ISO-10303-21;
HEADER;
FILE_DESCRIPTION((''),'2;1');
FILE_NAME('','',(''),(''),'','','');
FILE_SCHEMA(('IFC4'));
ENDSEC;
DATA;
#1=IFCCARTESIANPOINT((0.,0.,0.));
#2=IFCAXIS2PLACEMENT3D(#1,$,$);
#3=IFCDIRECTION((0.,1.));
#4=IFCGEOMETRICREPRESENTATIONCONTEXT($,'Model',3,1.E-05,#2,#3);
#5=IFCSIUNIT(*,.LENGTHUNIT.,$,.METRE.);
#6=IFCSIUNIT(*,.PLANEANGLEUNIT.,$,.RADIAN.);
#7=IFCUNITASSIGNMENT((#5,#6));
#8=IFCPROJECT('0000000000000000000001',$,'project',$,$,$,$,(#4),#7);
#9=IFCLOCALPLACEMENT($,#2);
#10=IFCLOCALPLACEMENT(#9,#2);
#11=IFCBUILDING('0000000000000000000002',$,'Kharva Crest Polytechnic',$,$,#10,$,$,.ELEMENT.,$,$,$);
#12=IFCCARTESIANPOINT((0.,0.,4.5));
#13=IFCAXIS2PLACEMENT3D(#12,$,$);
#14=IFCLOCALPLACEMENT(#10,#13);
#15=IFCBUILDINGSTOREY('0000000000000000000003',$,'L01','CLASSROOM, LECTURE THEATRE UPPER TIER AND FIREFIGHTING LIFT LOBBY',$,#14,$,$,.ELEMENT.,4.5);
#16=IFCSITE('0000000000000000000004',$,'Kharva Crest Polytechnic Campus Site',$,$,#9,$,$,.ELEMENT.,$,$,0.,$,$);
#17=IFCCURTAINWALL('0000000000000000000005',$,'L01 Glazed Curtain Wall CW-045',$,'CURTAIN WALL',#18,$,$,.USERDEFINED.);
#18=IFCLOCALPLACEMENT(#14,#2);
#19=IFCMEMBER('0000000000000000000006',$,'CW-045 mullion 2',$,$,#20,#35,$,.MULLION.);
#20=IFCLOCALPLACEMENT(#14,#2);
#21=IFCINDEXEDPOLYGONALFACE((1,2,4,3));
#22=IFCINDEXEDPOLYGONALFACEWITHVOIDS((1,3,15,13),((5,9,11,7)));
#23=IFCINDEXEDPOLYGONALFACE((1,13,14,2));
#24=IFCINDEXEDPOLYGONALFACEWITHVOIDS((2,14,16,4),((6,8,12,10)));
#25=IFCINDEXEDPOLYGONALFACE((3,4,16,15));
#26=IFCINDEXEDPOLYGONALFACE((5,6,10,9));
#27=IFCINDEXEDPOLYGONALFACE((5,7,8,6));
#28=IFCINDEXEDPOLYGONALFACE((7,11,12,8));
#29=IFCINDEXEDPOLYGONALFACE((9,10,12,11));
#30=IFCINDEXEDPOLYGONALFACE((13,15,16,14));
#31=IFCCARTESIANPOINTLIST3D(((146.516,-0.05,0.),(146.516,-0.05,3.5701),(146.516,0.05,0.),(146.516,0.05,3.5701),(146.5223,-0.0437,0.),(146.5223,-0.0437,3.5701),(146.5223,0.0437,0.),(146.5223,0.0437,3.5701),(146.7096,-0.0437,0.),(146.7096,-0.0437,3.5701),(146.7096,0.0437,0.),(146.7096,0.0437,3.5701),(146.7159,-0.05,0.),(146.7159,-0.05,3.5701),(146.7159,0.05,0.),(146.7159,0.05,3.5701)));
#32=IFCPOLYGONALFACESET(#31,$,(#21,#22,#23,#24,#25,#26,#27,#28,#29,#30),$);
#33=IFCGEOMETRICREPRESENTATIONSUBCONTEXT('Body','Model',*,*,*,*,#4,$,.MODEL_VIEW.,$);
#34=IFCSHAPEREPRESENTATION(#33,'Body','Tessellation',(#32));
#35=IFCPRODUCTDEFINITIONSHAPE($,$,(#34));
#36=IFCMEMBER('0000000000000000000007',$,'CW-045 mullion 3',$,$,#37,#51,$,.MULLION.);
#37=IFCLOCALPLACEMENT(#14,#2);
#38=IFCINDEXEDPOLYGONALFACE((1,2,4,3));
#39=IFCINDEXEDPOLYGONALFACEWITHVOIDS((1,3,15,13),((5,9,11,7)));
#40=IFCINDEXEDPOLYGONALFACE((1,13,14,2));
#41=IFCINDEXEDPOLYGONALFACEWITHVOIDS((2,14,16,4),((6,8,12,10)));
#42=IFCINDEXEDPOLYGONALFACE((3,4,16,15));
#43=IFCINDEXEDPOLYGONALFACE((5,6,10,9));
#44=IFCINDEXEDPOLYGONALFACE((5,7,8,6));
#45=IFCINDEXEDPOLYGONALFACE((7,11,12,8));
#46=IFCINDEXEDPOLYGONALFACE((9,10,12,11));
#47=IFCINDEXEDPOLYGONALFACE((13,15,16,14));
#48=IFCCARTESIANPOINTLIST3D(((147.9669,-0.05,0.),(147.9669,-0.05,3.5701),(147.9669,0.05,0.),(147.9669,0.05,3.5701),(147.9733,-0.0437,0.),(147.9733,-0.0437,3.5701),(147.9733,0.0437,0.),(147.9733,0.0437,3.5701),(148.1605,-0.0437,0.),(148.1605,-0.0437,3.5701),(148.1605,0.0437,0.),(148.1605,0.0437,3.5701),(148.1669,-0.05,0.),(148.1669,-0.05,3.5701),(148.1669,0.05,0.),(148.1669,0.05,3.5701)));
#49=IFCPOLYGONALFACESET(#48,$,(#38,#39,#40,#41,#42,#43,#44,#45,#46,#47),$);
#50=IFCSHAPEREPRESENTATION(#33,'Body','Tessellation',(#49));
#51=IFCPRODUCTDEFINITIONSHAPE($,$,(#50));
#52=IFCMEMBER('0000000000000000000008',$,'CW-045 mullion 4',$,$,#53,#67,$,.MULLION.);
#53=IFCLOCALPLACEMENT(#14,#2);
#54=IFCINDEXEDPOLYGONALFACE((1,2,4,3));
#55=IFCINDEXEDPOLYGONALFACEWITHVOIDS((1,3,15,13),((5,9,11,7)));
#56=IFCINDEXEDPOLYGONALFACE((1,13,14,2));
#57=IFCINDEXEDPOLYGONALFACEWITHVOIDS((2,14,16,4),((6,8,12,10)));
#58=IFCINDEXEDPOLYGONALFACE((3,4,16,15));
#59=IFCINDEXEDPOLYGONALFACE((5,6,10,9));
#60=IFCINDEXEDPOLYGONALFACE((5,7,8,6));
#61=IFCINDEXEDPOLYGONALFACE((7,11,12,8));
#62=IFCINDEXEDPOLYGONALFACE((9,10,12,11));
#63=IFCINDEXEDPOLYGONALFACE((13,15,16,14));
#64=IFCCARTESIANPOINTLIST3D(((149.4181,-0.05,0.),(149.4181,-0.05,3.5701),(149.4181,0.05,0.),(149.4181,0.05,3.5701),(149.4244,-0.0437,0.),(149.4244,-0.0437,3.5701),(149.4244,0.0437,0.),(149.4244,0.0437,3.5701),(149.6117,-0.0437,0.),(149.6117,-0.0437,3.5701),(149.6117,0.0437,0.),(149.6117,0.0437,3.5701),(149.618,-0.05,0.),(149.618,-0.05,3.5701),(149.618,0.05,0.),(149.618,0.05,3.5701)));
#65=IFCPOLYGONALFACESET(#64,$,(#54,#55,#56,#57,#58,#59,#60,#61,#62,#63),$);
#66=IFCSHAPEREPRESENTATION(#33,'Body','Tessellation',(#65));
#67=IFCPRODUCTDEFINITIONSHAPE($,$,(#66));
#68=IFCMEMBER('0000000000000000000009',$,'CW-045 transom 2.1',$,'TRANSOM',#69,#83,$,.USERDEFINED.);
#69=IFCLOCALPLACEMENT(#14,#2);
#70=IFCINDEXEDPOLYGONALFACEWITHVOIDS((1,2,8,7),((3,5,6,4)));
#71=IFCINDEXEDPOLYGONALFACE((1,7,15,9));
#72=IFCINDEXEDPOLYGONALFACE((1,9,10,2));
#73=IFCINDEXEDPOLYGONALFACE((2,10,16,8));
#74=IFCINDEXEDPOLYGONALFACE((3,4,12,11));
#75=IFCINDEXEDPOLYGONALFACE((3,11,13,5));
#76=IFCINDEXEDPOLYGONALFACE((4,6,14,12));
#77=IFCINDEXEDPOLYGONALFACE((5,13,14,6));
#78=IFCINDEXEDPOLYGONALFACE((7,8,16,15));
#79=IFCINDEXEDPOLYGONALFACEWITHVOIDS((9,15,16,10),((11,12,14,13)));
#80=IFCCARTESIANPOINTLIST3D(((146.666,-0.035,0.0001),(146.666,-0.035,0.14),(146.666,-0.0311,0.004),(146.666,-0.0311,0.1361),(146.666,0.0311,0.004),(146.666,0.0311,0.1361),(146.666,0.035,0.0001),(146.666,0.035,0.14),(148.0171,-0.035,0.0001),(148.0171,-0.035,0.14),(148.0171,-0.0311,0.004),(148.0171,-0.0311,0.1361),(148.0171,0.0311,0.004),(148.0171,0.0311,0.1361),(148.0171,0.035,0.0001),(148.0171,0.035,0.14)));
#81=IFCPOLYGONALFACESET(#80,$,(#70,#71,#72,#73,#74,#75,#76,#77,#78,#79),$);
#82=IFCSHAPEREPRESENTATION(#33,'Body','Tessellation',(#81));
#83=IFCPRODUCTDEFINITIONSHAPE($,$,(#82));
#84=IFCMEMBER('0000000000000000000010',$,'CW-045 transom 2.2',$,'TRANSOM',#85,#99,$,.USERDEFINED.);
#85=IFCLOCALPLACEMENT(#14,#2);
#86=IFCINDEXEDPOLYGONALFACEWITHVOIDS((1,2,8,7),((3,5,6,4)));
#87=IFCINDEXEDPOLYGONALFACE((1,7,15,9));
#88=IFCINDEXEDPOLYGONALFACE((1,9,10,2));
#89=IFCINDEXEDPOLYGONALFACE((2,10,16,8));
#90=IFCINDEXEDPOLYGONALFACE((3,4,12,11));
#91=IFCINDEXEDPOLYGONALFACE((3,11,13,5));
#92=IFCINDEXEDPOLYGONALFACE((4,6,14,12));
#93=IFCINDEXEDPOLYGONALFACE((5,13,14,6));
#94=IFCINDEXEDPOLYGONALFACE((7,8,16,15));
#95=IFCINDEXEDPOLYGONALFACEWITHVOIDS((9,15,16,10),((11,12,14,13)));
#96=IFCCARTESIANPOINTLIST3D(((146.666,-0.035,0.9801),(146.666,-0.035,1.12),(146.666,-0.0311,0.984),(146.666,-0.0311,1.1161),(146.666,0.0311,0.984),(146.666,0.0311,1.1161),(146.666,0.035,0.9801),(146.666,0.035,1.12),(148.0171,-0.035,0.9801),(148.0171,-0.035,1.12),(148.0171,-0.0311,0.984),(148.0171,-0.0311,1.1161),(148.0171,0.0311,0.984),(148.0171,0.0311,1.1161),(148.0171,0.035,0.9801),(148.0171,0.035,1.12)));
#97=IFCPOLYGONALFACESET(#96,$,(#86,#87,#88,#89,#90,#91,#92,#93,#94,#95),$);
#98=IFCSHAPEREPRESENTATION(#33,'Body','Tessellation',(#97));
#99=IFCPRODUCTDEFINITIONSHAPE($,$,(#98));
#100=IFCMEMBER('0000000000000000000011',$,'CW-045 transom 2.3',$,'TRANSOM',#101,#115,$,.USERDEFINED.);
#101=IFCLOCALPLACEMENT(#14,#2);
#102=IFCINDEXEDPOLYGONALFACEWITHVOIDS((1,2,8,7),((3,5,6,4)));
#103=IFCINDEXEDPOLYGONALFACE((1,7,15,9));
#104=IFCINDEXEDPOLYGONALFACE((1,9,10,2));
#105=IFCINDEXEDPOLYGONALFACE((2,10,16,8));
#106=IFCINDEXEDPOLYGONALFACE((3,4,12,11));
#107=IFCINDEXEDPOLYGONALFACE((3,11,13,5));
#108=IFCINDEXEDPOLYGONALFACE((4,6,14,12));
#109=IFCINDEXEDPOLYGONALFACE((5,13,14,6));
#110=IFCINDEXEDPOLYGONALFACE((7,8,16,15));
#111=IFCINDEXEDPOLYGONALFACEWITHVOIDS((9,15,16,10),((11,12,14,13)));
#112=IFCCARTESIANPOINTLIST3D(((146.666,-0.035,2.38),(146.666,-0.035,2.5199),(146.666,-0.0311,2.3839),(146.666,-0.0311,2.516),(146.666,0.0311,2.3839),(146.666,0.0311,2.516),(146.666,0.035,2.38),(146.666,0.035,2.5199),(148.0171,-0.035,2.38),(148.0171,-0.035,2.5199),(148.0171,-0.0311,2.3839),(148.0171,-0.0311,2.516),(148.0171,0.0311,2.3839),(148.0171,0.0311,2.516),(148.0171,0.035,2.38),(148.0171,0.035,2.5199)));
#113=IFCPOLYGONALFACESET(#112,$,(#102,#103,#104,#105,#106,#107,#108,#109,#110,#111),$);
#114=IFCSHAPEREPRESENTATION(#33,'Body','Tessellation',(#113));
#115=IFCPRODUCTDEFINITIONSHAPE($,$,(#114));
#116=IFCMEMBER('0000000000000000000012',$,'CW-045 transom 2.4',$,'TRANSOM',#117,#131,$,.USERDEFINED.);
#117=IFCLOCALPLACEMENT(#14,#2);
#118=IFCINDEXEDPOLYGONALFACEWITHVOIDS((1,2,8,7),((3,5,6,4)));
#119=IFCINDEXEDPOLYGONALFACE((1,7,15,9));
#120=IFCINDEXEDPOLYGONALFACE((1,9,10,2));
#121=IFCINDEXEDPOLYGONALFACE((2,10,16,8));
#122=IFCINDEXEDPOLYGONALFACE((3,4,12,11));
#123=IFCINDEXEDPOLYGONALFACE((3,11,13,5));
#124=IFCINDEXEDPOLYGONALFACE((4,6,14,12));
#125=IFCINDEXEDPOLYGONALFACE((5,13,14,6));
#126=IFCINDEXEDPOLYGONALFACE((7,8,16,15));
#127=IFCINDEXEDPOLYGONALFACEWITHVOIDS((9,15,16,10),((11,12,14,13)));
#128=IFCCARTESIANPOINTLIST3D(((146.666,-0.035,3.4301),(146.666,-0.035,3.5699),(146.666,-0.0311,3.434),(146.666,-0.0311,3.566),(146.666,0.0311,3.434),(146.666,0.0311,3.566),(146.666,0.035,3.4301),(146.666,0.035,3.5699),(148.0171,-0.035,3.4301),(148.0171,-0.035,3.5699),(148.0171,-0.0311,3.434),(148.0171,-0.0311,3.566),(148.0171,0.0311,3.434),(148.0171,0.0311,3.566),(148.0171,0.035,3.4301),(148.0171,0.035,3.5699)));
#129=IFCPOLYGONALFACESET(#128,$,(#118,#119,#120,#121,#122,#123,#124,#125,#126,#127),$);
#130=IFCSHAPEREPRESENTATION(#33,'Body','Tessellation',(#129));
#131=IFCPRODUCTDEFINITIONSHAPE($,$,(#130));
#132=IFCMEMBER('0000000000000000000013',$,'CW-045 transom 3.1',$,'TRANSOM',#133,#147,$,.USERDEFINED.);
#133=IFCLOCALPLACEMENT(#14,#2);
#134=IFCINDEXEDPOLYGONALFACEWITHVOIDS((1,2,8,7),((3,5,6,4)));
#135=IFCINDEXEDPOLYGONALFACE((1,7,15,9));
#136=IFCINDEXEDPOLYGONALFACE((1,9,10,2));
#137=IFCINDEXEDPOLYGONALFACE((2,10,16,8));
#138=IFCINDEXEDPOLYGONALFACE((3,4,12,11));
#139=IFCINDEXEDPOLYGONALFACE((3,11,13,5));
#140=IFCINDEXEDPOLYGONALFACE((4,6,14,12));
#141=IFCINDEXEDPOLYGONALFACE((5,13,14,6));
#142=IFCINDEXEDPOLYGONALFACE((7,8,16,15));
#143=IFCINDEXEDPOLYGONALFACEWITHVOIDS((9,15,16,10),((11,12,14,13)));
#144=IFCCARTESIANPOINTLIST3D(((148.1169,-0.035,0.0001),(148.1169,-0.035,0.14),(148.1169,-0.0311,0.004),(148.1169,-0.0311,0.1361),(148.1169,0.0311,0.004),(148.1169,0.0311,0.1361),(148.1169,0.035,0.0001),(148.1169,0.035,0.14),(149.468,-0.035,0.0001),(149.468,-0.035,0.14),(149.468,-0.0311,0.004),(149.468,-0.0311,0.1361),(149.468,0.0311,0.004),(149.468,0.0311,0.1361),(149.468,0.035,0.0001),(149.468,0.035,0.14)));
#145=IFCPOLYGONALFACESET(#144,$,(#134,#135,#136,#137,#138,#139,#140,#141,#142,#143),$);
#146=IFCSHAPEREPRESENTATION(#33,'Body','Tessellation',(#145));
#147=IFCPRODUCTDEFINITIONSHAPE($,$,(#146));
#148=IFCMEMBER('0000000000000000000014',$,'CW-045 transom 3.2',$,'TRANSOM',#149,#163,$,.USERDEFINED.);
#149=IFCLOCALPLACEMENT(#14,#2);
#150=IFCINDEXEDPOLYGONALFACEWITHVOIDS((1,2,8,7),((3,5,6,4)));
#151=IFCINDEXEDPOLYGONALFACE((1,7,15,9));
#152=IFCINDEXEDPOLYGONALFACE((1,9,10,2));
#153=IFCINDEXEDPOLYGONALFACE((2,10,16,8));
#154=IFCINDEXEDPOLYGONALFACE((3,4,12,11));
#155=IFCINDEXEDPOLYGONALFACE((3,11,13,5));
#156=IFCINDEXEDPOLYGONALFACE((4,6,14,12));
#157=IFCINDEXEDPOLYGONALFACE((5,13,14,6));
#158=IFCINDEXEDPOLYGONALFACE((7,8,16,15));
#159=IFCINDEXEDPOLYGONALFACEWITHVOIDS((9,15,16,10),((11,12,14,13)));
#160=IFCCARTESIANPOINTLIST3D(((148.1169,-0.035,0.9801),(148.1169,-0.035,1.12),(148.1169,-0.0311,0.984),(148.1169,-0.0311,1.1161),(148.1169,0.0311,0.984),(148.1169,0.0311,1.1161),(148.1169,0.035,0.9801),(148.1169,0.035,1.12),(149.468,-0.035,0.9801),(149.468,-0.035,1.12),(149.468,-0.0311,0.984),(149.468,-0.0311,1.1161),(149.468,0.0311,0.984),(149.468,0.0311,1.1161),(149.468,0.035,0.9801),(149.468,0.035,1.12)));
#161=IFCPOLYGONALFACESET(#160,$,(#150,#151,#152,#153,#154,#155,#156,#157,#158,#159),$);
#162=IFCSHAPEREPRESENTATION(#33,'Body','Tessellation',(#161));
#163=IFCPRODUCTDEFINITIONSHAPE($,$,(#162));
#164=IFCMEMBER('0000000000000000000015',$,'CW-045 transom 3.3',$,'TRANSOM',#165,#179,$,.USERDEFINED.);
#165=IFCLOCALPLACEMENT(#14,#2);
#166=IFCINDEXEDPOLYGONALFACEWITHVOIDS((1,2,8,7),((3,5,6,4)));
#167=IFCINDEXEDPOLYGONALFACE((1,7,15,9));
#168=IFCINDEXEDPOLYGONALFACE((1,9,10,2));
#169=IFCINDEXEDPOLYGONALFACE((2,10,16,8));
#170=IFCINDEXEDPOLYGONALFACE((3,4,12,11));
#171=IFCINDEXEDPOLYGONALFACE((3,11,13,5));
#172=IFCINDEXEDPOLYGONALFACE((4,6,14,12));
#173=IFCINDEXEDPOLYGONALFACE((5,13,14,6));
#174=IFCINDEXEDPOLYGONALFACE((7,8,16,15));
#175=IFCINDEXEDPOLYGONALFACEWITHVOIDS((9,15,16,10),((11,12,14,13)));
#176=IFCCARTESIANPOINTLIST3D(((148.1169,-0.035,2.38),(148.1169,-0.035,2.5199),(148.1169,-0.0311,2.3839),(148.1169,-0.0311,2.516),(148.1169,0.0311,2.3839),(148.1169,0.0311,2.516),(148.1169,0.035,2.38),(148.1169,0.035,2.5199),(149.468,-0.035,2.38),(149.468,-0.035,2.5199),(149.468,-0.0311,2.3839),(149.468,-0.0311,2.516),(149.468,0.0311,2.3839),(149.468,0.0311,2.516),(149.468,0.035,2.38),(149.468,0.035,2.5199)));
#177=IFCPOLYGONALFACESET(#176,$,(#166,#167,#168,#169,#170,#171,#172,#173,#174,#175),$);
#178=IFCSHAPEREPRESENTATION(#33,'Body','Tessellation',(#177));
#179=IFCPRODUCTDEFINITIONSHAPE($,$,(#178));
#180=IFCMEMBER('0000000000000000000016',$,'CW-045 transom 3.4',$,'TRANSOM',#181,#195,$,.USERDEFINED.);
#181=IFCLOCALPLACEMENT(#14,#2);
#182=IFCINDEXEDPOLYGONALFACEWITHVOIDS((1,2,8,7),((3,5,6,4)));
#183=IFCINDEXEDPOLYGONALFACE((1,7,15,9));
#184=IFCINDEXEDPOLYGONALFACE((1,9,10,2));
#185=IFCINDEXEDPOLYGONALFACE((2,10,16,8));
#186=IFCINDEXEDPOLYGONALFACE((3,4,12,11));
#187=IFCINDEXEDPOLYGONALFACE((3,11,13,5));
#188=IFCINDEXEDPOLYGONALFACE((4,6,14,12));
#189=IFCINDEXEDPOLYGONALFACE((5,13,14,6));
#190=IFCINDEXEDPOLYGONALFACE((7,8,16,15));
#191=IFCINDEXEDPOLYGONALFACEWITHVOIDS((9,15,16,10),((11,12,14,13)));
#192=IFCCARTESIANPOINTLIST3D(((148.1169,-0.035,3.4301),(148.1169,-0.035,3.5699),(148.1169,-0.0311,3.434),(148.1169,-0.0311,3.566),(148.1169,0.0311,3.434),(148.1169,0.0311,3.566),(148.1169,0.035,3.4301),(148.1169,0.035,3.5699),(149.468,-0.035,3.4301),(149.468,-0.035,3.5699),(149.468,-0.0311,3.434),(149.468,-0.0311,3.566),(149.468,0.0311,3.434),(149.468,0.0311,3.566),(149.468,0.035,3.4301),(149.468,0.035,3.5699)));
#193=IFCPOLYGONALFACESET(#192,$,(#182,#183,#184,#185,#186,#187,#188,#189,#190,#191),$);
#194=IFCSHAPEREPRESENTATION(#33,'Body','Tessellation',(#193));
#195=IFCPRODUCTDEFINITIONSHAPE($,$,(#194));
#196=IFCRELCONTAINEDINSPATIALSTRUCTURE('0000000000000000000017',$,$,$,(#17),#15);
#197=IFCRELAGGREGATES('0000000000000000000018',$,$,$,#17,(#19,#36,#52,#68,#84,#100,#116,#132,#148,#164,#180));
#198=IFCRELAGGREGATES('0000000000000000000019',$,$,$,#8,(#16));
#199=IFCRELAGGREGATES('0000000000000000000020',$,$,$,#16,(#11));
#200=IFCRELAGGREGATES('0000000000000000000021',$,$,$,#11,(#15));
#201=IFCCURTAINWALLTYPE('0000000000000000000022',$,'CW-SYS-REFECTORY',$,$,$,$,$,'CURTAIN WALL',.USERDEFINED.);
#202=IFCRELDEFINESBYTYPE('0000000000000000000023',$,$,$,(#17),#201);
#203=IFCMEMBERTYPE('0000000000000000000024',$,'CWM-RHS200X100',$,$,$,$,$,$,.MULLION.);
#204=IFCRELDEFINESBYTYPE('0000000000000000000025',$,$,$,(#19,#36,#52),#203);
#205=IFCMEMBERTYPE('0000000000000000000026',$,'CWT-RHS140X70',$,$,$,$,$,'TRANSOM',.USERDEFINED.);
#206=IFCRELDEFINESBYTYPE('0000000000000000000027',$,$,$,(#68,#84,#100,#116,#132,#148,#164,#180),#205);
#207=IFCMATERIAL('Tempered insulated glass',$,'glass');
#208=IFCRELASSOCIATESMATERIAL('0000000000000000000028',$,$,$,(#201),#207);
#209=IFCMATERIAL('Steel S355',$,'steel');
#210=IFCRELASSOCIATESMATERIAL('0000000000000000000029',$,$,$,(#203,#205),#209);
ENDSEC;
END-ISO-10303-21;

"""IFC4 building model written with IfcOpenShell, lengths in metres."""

from ifc_helpers import new_model, si_unit, direction, frame, origin, origin_2d, place, context, subcontext, project, spatial, hollow_rectangle, extrude, material, material_profile, profile_set, type_object, element, aggregate, save


model = new_model("IFC4")

# Units and contexts
model_context = context("Model", 3, precision=1e-05, world=origin(), true_north=direction((0.0, 1.0)))
body_context = subcontext(model_context, "Body", "Model", "MODEL_VIEW")
ifc_project = project(units=[si_unit("LENGTHUNIT", "METRE"), si_unit("PLANEANGLEUNIT", "RADIAN")], contexts=[model_context])

# Site, building, storey
site_placement = place(None, origin())
site = spatial("IfcSite", under=ifc_project, at=site_placement, Name="Kharva Crest Polytechnic Campus Site", CompositionType="ELEMENT", RefElevation=0.0)
building_placement = place(site_placement, origin())
building = spatial("IfcBuilding", under=site, at=building_placement, Name="Kharva Crest Polytechnic", CompositionType="ELEMENT")
storey_placement = place(building_placement, frame((0.0, 0.0, 4.5)))
storey = spatial("IfcBuildingStorey", under=building, at=storey_placement, Name="L01", Description="CLASSROOM, LECTURE THEATRE UPPER TIER AND FIREFIGHTING LIFT LOBBY", CompositionType="ELEMENT", Elevation=4.5)

# Curtain wall, members
ifc_material_1 = material(Name="Tempered insulated glass", Category="glass")
curtain_wall_type = type_object("IfcCurtainWallType", Name="CW-SYS-REFECTORY", ElementType="CURTAIN WALL", PredefinedType="USERDEFINED", material=ifc_material_1)
curtain_wall_placement = place(storey_placement, origin())
curtain_wall = element("IfcCurtainWall", 1, at=curtain_wall_placement, inside=storey, type_object=curtain_wall_type, Name="L01 Glazed Curtain Wall CW-045", ObjectType="CURTAIN WALL", PredefinedType="USERDEFINED")
ifc_material_2 = material(Name="Steel S355", Category="steel")
ifc_material_profile_1 = material_profile(ifc_material_2, hollow_rectangle(XDim=0.1001, YDim=0.2, WallThickness=0.0063, at=origin_2d()), Name="RHS 200X100X6.3")
ifc_profile_set_1 = profile_set([ifc_material_profile_1], Name="Steel S355")
member_type_1 = type_object("IfcMemberType", Name="CWM-RHS200X100", PredefinedType="MULLION", material=ifc_profile_set_1)
member_1_placement = place(storey_placement, frame((146.616, 0.0, 0.0), z_axis=(0.0, 0.0, 1.0), x_axis=(0.0, 1.0, 0.0)))
member_1 = element("IfcMember", 2, at=member_1_placement, type_object=member_type_1, Name="CW-045 mullion 2", PredefinedType="MULLION", context=body_context, shape_type="SweptSolid", body=[
    extrude(hollow_rectangle(XDim=0.1001, YDim=0.2, WallThickness=0.0063, at=origin_2d()), origin(), (0.0, 0.0, 1.0), 3.5701),
])
member_2_placement = place(storey_placement, frame((148.0669, 0.0, 0.0), z_axis=(0.0, 0.0, 1.0), x_axis=(0.0, 1.0, 0.0)))
member_2 = element("IfcMember", 3, at=member_2_placement, type_object=member_type_1, Name="CW-045 mullion 3", PredefinedType="MULLION", context=body_context, shape_type="SweptSolid", body=[
    extrude(hollow_rectangle(XDim=0.1001, YDim=0.2, WallThickness=0.0063, at=origin_2d()), origin(), (0.0, 0.0, 1.0), 3.5701),
])
member_3_placement = place(storey_placement, frame((149.5181, 0.0, 0.0), z_axis=(0.0, 0.0, 1.0), x_axis=(0.0, 1.0, 0.0)))
member_3 = element("IfcMember", 4, at=member_3_placement, type_object=member_type_1, Name="CW-045 mullion 4", PredefinedType="MULLION", context=body_context, shape_type="SweptSolid", body=[
    extrude(hollow_rectangle(XDim=0.1001, YDim=0.2, WallThickness=0.0063, at=origin_2d()), origin(), (0.0, 0.0, 1.0), 3.5701),
])
ifc_material_profile_2 = material_profile(ifc_material_2, hollow_rectangle(XDim=0.0701, YDim=0.1399, WallThickness=0.0039, at=origin_2d()), Name="RHS 140X70X4.0")
ifc_profile_set_2 = profile_set([ifc_material_profile_2], Name="Steel S355")
member_type_2 = type_object("IfcMemberType", Name="CWT-RHS140X70", ElementType="TRANSOM", PredefinedType="USERDEFINED", material=ifc_profile_set_2)
member_4_placement = place(storey_placement, frame((146.666, 0.0, 0.0701), z_axis=(1.0, 0.0, 0.0), x_axis=(0.0, 1.0, 0.0)))
member_4 = element("IfcMember", 5, at=member_4_placement, type_object=member_type_2, Name="CW-045 transom 2.1", ObjectType="TRANSOM", PredefinedType="USERDEFINED", context=body_context, shape_type="SweptSolid", body=[
    extrude(hollow_rectangle(XDim=0.0701, YDim=0.1399, WallThickness=0.0039, at=origin_2d()), origin(), (0.0, 0.0, 1.0), 1.3511),
])
member_5_placement = place(storey_placement, frame((146.666, 0.0, 1.05), z_axis=(1.0, 0.0, 0.0), x_axis=(0.0, 1.0, 0.0)))
member_5 = element("IfcMember", 6, at=member_5_placement, type_object=member_type_2, Name="CW-045 transom 2.2", ObjectType="TRANSOM", PredefinedType="USERDEFINED", context=body_context, shape_type="SweptSolid", body=[
    extrude(hollow_rectangle(XDim=0.0701, YDim=0.1399, WallThickness=0.0039, at=origin_2d()), origin(), (0.0, 0.0, 1.0), 1.3511),
])
member_6_placement = place(storey_placement, frame((146.666, 0.0, 2.45), z_axis=(1.0, 0.0, 0.0), x_axis=(0.0, 1.0, 0.0)))
member_6 = element("IfcMember", 7, at=member_6_placement, type_object=member_type_2, Name="CW-045 transom 2.3", ObjectType="TRANSOM", PredefinedType="USERDEFINED", context=body_context, shape_type="SweptSolid", body=[
    extrude(hollow_rectangle(XDim=0.0701, YDim=0.1399, WallThickness=0.0039, at=origin_2d()), origin(), (0.0, 0.0, 1.0), 1.3511),
])
member_7_placement = place(storey_placement, frame((146.666, 0.0, 3.5), z_axis=(1.0, 0.0, 0.0), x_axis=(0.0, 1.0, 0.0)))
member_7 = element("IfcMember", 8, at=member_7_placement, type_object=member_type_2, Name="CW-045 transom 2.4", ObjectType="TRANSOM", PredefinedType="USERDEFINED", context=body_context, shape_type="SweptSolid", body=[
    extrude(hollow_rectangle(XDim=0.0701, YDim=0.1399, WallThickness=0.0039, at=origin_2d()), origin(), (0.0, 0.0, 1.0), 1.3511),
])
member_8_placement = place(storey_placement, frame((148.1169, 0.0, 0.0701), z_axis=(1.0, 0.0, 0.0), x_axis=(0.0, 1.0, 0.0)))
member_8 = element("IfcMember", 9, at=member_8_placement, type_object=member_type_2, Name="CW-045 transom 3.1", ObjectType="TRANSOM", PredefinedType="USERDEFINED", context=body_context, shape_type="SweptSolid", body=[
    extrude(hollow_rectangle(XDim=0.0701, YDim=0.1399, WallThickness=0.0039, at=origin_2d()), origin(), (0.0, 0.0, 1.0), 1.3511),
])
member_9_placement = place(storey_placement, frame((148.1169, 0.0, 1.05), z_axis=(1.0, 0.0, 0.0), x_axis=(0.0, 1.0, 0.0)))
member_9 = element("IfcMember", 10, at=member_9_placement, type_object=member_type_2, Name="CW-045 transom 3.2", ObjectType="TRANSOM", PredefinedType="USERDEFINED", context=body_context, shape_type="SweptSolid", body=[
    extrude(hollow_rectangle(XDim=0.0701, YDim=0.1399, WallThickness=0.0039, at=origin_2d()), origin(), (0.0, 0.0, 1.0), 1.3511),
])
member_10_placement = place(storey_placement, frame((148.1169, 0.0, 2.45), z_axis=(1.0, 0.0, 0.0), x_axis=(0.0, 1.0, 0.0)))
member_10 = element("IfcMember", 11, at=member_10_placement, type_object=member_type_2, Name="CW-045 transom 3.3", ObjectType="TRANSOM", PredefinedType="USERDEFINED", context=body_context, shape_type="SweptSolid", body=[
    extrude(hollow_rectangle(XDim=0.0701, YDim=0.1399, WallThickness=0.0039, at=origin_2d()), origin(), (0.0, 0.0, 1.0), 1.3511),
])
member_11_placement = place(storey_placement, frame((148.1169, 0.0, 3.5), z_axis=(1.0, 0.0, 0.0), x_axis=(0.0, 1.0, 0.0)))
member_11 = element("IfcMember", 12, at=member_11_placement, type_object=member_type_2, Name="CW-045 transom 3.4", ObjectType="TRANSOM", PredefinedType="USERDEFINED", context=body_context, shape_type="SweptSolid", body=[
    extrude(hollow_rectangle(XDim=0.0701, YDim=0.1399, WallThickness=0.0039, at=origin_2d()), origin(), (0.0, 0.0, 1.0), 1.3511),
])
aggregate(curtain_wall, [member_1, member_2, member_3, member_4, member_5, member_6, member_7, member_8, member_9, member_10, member_11])

save(model, "model.ifc")
